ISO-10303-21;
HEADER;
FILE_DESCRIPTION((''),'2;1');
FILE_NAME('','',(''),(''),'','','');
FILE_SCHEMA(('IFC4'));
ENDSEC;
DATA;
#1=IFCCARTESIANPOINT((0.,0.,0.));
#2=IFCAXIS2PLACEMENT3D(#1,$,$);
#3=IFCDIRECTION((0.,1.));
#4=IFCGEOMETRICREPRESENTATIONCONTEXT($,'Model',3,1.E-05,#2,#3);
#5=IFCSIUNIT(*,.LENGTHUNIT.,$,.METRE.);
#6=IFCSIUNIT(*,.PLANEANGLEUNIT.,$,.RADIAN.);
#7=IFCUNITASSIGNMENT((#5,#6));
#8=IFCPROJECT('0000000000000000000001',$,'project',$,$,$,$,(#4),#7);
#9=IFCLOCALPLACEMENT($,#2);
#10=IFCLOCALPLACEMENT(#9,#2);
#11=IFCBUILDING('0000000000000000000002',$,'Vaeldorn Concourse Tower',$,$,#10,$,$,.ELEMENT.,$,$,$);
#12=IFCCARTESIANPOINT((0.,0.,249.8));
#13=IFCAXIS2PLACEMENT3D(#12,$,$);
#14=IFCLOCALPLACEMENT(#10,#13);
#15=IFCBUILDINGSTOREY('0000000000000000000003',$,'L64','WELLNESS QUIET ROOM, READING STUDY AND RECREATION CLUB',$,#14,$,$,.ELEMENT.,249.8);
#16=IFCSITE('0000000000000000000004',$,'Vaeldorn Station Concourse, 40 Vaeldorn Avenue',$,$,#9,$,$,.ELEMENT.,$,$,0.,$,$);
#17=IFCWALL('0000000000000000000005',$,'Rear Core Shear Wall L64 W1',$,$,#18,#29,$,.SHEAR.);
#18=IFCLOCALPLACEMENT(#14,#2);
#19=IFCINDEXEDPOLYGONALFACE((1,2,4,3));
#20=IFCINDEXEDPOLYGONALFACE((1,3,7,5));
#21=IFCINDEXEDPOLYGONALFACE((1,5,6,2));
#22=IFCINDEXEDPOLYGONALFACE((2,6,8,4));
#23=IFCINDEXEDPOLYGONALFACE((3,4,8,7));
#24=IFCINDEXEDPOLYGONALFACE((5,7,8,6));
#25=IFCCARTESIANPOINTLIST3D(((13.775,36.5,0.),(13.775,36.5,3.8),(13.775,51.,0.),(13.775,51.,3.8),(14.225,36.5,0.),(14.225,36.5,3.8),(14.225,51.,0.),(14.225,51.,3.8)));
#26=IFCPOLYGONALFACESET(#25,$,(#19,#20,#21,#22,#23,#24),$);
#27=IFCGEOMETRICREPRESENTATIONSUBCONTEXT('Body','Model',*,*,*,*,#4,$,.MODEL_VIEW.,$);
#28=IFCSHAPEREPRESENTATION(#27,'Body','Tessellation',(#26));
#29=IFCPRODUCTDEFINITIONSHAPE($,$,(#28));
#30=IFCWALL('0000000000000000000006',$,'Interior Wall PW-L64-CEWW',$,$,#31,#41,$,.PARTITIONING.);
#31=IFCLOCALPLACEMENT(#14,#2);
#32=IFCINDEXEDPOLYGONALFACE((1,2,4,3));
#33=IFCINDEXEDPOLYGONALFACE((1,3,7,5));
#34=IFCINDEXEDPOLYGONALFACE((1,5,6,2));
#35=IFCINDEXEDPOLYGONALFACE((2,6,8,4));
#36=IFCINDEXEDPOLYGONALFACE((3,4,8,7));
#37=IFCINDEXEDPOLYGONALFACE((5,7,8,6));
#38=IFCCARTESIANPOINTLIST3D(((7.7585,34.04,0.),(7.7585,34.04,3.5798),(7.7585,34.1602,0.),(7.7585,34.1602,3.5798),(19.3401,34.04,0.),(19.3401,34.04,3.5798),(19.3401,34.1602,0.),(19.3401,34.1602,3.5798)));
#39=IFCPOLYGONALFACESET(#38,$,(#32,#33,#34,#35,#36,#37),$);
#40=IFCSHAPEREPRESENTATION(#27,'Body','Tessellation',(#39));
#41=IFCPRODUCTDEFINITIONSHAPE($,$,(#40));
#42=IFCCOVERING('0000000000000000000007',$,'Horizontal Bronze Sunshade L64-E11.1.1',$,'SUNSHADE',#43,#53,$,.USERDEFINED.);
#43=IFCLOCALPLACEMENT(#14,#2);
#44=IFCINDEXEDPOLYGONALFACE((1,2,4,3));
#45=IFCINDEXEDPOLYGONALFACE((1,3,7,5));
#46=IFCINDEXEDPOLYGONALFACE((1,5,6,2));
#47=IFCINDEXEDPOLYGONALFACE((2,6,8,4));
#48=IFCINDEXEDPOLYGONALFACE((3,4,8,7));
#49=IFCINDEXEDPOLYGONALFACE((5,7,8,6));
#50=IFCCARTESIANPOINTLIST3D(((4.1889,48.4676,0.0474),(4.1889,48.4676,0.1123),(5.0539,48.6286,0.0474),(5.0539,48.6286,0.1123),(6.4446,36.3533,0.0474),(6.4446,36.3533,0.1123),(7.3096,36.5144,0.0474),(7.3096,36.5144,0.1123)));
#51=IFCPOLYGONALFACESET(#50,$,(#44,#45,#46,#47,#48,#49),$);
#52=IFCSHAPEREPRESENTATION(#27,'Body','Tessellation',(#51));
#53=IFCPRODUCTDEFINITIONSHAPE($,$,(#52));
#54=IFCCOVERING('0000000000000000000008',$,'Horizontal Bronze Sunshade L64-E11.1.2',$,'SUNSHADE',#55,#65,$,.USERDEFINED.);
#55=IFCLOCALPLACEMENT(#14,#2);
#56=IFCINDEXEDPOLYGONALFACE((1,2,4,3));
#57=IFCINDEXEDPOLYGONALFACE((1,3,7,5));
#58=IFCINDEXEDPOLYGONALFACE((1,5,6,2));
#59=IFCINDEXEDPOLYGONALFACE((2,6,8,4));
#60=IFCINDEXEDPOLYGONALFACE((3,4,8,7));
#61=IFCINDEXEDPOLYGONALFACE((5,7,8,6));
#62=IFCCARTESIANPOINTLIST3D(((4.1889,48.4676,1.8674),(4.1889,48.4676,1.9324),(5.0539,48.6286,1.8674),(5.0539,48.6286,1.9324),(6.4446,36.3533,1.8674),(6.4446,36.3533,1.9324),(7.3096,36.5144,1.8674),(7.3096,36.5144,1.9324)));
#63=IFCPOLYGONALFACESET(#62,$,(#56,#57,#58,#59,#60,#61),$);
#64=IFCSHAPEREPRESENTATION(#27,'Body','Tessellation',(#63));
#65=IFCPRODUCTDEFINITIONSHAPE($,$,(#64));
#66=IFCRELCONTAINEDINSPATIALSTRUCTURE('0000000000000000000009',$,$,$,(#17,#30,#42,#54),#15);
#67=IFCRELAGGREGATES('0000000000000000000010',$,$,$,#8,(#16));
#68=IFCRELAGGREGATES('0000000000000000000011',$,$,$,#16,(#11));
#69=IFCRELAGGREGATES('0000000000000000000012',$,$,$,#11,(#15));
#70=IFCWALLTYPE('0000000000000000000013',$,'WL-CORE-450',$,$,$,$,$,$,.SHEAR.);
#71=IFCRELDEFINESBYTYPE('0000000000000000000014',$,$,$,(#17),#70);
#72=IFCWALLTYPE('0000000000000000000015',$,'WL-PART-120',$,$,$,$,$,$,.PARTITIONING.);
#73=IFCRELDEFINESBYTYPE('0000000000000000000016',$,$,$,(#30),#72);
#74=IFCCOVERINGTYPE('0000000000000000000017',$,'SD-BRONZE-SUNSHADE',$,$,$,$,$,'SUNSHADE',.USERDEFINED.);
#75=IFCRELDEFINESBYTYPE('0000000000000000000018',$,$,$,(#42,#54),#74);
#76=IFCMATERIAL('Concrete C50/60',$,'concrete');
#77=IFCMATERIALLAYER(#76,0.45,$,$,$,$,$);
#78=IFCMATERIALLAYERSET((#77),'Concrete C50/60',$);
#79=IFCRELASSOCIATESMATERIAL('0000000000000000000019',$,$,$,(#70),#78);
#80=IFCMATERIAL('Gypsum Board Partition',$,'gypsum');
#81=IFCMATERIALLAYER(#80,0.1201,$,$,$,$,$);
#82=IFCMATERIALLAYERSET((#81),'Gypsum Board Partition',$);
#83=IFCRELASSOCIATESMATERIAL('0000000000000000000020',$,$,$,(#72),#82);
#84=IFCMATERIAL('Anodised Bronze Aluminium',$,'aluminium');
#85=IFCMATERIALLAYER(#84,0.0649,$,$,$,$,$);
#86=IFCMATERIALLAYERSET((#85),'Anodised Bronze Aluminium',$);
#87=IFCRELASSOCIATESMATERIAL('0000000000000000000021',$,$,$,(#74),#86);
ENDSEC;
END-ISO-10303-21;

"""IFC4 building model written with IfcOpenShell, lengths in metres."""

from ifc_helpers import new_model, si_unit, direction, frame, frame_2d, origin, origin_2d, place, context, subcontext, project, spatial, rectangle, extrude, source, transform, mapped, material, layer, layer_set, type_object, element, save


model = new_model("IFC4")

# Units and contexts
model_context = context("Model", 3, precision=1e-05, world=origin(), true_north=direction((0.0, 1.0)))
body_context = subcontext(model_context, "Body", "Model", "MODEL_VIEW")
ifc_project = project(units=[si_unit("LENGTHUNIT", "METRE"), si_unit("PLANEANGLEUNIT", "RADIAN")], contexts=[model_context])

# Site, building, storey
site_placement = place(None, origin())
site = spatial("IfcSite", under=ifc_project, at=site_placement, Name="Vaeldorn Station Concourse, 40 Vaeldorn Avenue", CompositionType="ELEMENT", RefElevation=0.0)
building_placement = place(site_placement, origin())
building = spatial("IfcBuilding", under=site, at=building_placement, Name="Vaeldorn Concourse Tower", CompositionType="ELEMENT")
storey_placement = place(building_placement, frame((0.0, 0.0, 249.8)))
storey = spatial("IfcBuildingStorey", under=building, at=storey_placement, Name="L64", Description="WELLNESS QUIET ROOM, READING STUDY AND RECREATION CLUB", CompositionType="ELEMENT", Elevation=249.8)

# Shared definitions
ifc_material_1 = material(Name="Concrete C50/60", Category="concrete")

# Shared definitions
ifc_material_2 = material(Name="Anodised Bronze Aluminium", Category="aluminium")

# Walls
ifc_layer_1 = layer(ifc_material_1, 0.45)
ifc_layer_set_1 = layer_set([ifc_layer_1], Name="Concrete C50/60")
wall_type_1 = type_object("IfcWallType", Name="WL-CORE-450", PredefinedType="SHEAR", material=ifc_layer_set_1)
wall_1_placement = place(storey_placement, frame((14.0, 36.5, 0.0), z_axis=(0.0, 0.0, 1.0), x_axis=(0.0, 1.0, 0.0)))
element("IfcWall", 1, at=wall_1_placement, inside=storey, type_object=wall_type_1, Name="Rear Core Shear Wall L64 W1", PredefinedType="SHEAR", context=body_context, shape_type="SweptSolid", body=[
    extrude(rectangle(XDim=14.5, YDim=0.45, at=frame_2d((7.25, 0.0))), origin(), (0.0, 0.0, 1.0), 3.8),
])
ifc_material_3 = material(Name="Gypsum Board Partition", Category="gypsum")
ifc_layer_2 = layer(ifc_material_3, 0.1201)
ifc_layer_set_2 = layer_set([ifc_layer_2], Name="Gypsum Board Partition")
wall_type_2 = type_object("IfcWallType", Name="WL-PART-120", PredefinedType="PARTITIONING", material=ifc_layer_set_2)
wall_2_placement = place(storey_placement, frame((7.7585, 34.1001, 0.0), z_axis=(0.0, 0.0, 1.0), x_axis=(1.0, 0.0, 0.0)))
element("IfcWall", 2, at=wall_2_placement, inside=storey, type_object=wall_type_2, Name="Interior Wall PW-L64-CEWW", PredefinedType="PARTITIONING", context=body_context, shape_type="SweptSolid", body=[
    extrude(rectangle(XDim=11.5815, YDim=0.1201, at=frame_2d((5.7908, 0.0))), origin(), (0.0, 0.0, 1.0), 3.5798),
])

# Coverings
ifc_layer_3 = layer(ifc_material_2, 0.0649)
ifc_layer_set_3 = layer_set([ifc_layer_3], Name="Anodised Bronze Aluminium")
covering_type = type_object("IfcCoveringType", Name="SD-BRONZE-SUNSHADE", ElementType="SUNSHADE", PredefinedType="USERDEFINED", material=ifc_layer_set_3)
shared_shape_1 = source(origin(), body_context, "Body", "SweptSolid", [
    extrude(rectangle(XDim=12.3225, YDim=0.8799, at=origin_2d()), origin(), (0.0, 0.0, 1.0), 0.0649),
])
for number, where, z_axis, x_axis, name in (
    (3, (5.7493, 42.491, 0.0474), (0.0, 0.0, 1.0), (0.183059, -0.983102, 0.0), "Horizontal Bronze Sunshade L64-E11.1.1"),
    (4, (5.7493, 42.491, 1.8674), (0.0, 0.0, 1.0), (0.183059, -0.983102, 0.0), "Horizontal Bronze Sunshade L64-E11.1.2"),
):
    element("IfcCovering", number, at=place(storey_placement, frame(where, z_axis=z_axis, x_axis=x_axis)), inside=storey, type_object=covering_type, Name=name, ObjectType="SUNSHADE", PredefinedType="USERDEFINED", context=body_context, shape_type="MappedRepresentation", body=[
        mapped(shared_shape_1, transform((0.0, 0.0, 0.0), scale=1.0)),
    ])

save(model, "model.ifc")
